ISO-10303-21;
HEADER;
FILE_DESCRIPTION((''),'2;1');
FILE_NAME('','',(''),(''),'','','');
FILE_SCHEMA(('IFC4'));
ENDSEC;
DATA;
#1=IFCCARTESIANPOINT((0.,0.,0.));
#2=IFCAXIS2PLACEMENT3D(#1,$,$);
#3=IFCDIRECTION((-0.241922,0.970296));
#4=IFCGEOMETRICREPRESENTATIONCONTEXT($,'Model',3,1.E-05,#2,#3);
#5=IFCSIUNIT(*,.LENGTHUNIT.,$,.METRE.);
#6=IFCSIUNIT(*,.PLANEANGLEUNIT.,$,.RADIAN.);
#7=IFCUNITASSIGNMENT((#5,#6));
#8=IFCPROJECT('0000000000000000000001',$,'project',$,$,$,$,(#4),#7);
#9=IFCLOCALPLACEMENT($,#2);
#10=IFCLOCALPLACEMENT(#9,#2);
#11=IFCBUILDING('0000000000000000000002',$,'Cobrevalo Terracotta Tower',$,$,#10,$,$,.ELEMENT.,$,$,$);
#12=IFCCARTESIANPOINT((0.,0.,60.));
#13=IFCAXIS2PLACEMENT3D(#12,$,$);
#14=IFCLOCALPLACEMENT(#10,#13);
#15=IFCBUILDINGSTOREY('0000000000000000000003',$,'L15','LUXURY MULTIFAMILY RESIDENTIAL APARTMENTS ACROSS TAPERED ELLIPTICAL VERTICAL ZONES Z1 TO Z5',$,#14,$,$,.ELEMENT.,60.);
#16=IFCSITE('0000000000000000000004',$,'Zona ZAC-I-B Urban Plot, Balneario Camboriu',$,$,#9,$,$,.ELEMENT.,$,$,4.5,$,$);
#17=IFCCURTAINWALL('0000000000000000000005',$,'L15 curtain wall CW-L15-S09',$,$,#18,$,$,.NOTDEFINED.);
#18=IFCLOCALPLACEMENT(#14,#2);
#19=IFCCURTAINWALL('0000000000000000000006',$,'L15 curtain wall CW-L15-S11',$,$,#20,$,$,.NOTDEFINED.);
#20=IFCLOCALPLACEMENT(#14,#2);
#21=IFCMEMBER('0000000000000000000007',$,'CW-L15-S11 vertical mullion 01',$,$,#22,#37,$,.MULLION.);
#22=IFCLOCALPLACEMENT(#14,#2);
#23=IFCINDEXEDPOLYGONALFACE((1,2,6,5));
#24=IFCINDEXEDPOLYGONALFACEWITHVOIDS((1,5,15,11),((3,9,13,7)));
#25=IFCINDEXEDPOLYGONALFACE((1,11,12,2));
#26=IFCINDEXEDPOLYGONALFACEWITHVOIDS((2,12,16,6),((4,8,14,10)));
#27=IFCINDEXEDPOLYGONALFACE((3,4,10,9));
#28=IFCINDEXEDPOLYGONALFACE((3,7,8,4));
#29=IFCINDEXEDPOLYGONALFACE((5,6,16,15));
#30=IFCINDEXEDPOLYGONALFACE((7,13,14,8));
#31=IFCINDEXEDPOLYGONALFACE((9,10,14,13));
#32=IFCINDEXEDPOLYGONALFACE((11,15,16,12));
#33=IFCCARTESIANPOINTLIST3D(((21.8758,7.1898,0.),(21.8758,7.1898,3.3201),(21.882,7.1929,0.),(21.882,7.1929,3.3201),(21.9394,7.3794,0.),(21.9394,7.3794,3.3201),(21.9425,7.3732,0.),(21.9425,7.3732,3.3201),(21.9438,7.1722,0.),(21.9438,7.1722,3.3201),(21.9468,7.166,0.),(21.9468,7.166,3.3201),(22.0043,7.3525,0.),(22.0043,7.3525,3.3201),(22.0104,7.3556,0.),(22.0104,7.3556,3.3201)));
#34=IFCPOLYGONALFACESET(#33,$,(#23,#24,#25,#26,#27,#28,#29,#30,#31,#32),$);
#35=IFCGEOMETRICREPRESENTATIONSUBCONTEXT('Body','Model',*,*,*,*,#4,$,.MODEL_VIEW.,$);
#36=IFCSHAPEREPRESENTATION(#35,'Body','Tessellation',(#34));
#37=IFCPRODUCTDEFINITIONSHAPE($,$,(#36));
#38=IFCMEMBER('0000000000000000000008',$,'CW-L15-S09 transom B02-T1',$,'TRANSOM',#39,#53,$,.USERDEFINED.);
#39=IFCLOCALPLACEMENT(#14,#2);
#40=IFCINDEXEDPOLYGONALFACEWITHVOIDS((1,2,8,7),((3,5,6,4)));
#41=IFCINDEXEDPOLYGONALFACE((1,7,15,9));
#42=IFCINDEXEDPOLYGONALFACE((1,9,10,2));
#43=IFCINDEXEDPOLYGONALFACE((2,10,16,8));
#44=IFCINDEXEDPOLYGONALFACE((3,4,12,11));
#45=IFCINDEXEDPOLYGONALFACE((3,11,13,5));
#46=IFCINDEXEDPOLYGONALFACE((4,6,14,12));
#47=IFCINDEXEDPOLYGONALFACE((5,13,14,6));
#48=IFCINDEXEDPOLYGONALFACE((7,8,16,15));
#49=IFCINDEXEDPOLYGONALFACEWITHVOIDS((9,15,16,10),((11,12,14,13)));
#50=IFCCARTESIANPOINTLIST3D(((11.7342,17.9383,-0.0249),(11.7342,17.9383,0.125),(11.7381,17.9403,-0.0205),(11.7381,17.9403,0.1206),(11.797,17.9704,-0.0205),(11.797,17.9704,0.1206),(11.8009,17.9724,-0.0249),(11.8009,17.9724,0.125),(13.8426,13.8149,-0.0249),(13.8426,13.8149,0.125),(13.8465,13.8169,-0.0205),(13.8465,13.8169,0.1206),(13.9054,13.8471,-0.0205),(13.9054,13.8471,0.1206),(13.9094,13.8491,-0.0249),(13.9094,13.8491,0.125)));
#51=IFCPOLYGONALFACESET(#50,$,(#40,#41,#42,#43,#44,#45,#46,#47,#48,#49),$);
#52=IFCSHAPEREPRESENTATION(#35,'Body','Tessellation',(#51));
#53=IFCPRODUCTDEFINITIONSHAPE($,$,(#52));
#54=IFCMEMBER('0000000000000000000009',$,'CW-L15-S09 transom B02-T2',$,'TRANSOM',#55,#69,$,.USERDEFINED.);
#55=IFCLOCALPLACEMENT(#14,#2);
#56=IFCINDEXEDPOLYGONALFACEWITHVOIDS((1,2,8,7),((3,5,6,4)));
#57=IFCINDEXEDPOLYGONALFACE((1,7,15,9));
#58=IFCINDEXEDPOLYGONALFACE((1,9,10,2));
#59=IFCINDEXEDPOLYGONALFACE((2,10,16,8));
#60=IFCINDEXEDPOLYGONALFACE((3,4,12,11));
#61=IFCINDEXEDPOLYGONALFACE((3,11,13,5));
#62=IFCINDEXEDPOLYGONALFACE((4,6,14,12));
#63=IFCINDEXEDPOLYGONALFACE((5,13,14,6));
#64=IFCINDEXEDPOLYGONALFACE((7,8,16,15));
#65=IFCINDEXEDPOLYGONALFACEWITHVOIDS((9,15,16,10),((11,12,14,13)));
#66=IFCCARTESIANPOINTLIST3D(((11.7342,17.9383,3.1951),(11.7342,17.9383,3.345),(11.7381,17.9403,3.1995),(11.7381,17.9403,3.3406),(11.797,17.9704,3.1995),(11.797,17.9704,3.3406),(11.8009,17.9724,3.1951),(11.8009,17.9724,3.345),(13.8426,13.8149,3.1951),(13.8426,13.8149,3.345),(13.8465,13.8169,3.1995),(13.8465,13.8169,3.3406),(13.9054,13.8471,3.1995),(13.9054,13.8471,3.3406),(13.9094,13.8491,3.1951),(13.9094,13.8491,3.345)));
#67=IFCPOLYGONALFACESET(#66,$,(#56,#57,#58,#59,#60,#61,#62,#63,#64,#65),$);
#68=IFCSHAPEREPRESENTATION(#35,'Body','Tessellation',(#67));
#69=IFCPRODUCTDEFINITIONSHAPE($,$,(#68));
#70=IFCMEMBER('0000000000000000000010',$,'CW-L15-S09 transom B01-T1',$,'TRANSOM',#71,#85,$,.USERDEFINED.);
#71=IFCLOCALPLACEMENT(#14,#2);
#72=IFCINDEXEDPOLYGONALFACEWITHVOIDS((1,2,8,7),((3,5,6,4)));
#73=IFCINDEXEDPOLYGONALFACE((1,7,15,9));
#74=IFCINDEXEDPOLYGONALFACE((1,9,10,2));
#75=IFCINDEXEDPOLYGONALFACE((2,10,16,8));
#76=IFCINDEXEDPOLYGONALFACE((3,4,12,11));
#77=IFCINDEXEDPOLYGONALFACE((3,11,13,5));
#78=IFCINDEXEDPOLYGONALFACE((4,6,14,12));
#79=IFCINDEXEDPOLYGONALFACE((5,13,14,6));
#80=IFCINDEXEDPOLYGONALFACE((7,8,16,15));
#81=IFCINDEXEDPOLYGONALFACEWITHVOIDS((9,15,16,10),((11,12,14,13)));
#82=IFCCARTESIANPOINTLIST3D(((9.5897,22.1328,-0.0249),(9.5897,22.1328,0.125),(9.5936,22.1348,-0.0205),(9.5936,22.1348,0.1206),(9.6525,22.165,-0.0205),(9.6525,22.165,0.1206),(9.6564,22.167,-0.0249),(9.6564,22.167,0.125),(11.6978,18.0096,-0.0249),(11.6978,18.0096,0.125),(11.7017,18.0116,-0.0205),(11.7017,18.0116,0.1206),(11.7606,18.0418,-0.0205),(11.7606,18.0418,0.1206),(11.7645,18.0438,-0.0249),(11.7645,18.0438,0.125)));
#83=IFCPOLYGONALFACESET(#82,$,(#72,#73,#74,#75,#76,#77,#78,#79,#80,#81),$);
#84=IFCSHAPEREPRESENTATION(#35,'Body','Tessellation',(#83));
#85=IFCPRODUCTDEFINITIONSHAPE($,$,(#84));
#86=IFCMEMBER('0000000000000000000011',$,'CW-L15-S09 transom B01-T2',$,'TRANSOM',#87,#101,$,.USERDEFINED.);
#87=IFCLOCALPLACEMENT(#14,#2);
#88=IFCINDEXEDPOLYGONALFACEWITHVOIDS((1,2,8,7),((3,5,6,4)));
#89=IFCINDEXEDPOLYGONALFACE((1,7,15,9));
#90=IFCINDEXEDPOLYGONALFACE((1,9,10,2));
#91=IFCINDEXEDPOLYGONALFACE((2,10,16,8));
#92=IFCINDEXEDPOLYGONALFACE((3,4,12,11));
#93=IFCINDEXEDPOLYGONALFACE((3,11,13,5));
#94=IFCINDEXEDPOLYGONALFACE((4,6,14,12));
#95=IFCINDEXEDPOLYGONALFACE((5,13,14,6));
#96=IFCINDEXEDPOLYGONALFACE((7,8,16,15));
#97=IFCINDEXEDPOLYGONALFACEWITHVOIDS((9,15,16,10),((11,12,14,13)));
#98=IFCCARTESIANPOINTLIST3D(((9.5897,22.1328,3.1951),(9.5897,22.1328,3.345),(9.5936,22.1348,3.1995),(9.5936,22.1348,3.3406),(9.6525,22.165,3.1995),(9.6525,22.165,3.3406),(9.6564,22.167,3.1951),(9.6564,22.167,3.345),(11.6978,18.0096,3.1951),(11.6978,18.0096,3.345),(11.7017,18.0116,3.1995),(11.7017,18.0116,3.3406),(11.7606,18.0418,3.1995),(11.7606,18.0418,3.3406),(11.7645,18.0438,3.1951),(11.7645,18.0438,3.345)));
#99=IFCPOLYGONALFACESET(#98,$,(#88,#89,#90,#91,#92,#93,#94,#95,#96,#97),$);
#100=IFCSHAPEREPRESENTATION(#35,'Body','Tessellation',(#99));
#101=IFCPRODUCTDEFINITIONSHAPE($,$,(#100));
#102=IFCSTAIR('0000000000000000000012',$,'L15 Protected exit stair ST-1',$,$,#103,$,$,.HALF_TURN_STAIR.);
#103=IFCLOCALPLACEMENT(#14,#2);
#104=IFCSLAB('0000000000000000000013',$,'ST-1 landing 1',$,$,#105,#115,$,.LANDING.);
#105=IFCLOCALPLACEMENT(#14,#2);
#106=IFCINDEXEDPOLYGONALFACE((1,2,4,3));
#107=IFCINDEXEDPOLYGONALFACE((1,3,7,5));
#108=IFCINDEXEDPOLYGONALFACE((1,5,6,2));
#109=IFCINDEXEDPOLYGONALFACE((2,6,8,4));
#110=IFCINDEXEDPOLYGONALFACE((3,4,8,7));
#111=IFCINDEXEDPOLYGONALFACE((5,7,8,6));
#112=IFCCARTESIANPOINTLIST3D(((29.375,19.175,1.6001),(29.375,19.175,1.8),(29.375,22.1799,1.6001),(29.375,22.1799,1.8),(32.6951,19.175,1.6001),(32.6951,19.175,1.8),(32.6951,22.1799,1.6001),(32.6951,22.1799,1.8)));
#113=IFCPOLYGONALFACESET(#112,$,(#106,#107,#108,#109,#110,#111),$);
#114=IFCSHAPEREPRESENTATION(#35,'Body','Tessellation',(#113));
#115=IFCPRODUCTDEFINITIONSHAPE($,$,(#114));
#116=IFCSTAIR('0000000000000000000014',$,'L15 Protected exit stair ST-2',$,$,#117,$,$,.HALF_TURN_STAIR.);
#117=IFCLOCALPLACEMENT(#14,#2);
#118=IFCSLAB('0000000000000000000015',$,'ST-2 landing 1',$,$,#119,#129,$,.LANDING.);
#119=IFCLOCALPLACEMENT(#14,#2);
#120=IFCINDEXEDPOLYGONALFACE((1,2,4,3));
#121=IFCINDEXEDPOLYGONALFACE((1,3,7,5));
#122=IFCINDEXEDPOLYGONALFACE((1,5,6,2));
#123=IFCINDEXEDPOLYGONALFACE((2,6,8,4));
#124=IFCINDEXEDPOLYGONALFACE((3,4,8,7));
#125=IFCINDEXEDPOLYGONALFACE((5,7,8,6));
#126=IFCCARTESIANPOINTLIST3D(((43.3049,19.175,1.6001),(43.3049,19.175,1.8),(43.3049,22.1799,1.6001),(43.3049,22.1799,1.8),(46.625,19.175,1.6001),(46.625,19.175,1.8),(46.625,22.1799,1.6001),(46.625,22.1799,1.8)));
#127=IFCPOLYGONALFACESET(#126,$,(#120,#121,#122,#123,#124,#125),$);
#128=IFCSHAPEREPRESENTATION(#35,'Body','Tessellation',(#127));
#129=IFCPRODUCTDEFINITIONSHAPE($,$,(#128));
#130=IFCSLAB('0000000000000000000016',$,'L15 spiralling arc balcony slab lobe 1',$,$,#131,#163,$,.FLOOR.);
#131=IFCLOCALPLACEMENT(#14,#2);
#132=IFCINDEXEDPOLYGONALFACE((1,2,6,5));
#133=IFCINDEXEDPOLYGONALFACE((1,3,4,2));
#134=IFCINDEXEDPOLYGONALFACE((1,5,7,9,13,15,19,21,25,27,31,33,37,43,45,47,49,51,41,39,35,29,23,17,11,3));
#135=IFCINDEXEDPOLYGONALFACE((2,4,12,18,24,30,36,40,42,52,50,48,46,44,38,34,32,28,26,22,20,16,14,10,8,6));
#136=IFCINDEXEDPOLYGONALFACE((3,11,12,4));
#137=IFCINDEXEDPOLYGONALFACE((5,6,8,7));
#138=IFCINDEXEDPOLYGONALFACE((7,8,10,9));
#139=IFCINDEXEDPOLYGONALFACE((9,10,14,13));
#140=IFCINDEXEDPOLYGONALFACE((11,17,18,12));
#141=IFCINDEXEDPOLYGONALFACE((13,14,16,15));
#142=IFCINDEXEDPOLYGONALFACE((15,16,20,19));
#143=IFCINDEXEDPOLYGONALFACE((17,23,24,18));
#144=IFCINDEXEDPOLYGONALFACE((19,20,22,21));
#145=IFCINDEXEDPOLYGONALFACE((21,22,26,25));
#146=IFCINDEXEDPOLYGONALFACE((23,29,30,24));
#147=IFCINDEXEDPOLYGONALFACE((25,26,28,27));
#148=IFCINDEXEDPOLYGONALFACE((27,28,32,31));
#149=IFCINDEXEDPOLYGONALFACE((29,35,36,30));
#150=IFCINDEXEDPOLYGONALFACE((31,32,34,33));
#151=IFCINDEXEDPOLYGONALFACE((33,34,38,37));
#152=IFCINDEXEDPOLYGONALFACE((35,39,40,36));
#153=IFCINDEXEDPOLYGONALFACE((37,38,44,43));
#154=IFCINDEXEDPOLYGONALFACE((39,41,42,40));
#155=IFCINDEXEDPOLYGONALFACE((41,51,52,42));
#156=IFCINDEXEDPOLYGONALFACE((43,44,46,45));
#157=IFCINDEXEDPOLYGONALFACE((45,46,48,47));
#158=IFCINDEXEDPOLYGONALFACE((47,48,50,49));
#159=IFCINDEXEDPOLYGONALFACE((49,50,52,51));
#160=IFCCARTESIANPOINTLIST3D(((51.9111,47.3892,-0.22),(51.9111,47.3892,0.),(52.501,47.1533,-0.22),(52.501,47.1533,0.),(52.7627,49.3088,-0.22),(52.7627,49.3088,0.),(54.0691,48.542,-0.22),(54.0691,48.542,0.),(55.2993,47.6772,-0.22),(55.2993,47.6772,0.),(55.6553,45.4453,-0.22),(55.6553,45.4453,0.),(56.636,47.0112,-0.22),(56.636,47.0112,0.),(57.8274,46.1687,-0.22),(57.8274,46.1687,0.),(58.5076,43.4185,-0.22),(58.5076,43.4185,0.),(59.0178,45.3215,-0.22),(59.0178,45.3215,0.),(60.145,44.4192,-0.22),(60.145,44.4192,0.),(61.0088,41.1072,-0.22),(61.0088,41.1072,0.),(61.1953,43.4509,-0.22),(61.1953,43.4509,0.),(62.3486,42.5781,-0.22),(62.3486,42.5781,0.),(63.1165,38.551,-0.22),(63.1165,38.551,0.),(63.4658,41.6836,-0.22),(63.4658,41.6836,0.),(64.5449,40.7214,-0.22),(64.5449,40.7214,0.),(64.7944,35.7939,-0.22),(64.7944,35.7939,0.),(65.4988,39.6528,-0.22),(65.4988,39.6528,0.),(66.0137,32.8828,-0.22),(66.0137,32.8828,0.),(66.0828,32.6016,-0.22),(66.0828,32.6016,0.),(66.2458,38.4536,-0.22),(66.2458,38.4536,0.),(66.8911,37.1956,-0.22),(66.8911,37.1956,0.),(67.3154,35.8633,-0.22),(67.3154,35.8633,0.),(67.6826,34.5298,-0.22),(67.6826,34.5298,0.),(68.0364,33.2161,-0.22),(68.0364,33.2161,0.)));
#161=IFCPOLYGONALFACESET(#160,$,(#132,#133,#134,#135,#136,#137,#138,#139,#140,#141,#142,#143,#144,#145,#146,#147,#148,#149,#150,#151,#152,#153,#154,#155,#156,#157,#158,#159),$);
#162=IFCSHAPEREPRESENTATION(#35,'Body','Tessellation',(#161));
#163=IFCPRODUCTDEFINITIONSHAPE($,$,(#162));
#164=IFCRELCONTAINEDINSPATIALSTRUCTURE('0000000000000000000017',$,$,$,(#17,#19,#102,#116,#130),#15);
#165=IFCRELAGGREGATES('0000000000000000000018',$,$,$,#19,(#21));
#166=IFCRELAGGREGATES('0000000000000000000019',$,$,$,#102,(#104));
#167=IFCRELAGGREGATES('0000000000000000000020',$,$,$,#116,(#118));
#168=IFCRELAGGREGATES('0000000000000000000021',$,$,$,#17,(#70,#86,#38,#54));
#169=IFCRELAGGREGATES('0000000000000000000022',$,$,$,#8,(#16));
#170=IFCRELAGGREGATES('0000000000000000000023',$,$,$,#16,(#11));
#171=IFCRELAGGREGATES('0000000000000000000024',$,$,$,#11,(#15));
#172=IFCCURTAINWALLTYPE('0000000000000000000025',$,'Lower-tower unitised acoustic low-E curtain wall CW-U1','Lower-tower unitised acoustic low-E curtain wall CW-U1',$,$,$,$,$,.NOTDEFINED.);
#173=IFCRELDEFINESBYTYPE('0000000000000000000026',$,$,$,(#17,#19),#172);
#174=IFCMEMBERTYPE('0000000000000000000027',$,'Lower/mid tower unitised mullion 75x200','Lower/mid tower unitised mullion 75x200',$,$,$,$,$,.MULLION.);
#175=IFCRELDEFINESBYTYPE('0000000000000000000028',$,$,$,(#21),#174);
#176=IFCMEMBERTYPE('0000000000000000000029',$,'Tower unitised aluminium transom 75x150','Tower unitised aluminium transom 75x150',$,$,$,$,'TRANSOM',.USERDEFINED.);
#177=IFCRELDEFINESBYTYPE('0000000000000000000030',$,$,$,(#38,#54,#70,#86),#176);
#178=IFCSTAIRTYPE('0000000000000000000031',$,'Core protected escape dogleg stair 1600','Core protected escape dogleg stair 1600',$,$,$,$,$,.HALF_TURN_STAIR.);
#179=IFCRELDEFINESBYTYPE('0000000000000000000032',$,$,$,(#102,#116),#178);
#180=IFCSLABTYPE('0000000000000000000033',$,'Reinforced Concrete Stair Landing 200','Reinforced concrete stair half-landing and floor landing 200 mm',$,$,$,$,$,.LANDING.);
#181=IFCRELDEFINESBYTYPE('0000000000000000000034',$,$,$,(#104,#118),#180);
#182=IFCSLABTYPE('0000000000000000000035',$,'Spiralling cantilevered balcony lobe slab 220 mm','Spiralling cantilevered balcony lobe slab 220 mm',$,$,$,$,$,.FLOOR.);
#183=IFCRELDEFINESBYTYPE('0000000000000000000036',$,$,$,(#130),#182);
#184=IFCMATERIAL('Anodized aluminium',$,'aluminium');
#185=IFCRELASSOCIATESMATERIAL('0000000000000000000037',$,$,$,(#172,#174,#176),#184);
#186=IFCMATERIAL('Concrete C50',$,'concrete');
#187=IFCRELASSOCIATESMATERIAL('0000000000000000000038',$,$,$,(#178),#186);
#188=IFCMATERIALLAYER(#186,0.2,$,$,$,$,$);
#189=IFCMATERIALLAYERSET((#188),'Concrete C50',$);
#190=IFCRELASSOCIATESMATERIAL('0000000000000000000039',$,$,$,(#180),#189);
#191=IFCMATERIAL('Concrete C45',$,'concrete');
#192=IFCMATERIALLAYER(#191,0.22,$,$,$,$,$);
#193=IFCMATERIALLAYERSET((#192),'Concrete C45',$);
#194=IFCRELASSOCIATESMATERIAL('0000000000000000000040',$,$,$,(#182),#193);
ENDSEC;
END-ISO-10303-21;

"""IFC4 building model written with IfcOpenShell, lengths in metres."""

from ifc_helpers import new_model, si_unit, direction, frame, origin, origin_2d, place, context, subcontext, project, spatial, polyline, hollow_rectangle, outline, extrude, source, transform, mapped, material, layer, layer_set, material_profile, profile_set, type_object, element, aggregate, save


model = new_model("IFC4")

# Units and contexts
model_context = context("Model", 3, precision=1e-05, world=origin(), true_north=direction((-0.241922, 0.970296)))
body_context = subcontext(model_context, "Body", "Model", "MODEL_VIEW")
ifc_project = project(units=[si_unit("LENGTHUNIT", "METRE"), si_unit("PLANEANGLEUNIT", "RADIAN")], contexts=[model_context])

# Site, building, storey
site_placement = place(None, origin())
site = spatial("IfcSite", under=ifc_project, at=site_placement, Name="Zona ZAC-I-B Urban Plot, Balneario Camboriu", CompositionType="ELEMENT", RefElevation=4.5)
building_placement = place(site_placement, origin())
building = spatial("IfcBuilding", under=site, at=building_placement, Name="Cobrevalo Terracotta Tower", CompositionType="ELEMENT")
storey_placement = place(building_placement, frame((0.0, 0.0, 60.0)))
storey = spatial("IfcBuildingStorey", under=building, at=storey_placement, Name="L15", Description="LUXURY MULTIFAMILY RESIDENTIAL APARTMENTS ACROSS TAPERED ELLIPTICAL VERTICAL ZONES Z1 TO Z5", CompositionType="ELEMENT", Elevation=60.0)

# Curtain wall
ifc_material_1 = material(Name="Anodized aluminium", Category="aluminium")
curtain_wall_type = type_object("IfcCurtainWallType", Name="Lower-tower unitised acoustic low-E curtain wall CW-U1", Description="Lower-tower unitised acoustic low-E curtain wall CW-U1", PredefinedType="NOTDEFINED", material=ifc_material_1)
curtain_wall_1_placement = place(storey_placement, origin())
curtain_wall_1 = element("IfcCurtainWall", 1, at=curtain_wall_1_placement, inside=storey, type_object=curtain_wall_type, Name="L15 curtain wall CW-L15-S09", PredefinedType="NOTDEFINED")
ifc_material_profile_1 = material_profile(ifc_material_1, hollow_rectangle(XDim=0.075, YDim=0.2, WallThickness=0.0049, at=origin_2d()), Name="CWM 75x200")
ifc_profile_set_1 = profile_set([ifc_material_profile_1], Name="Anodized aluminium")
member_type_1 = type_object("IfcMemberType", Name="Lower/mid tower unitised mullion 75x200", Description="Lower/mid tower unitised mullion 75x200", PredefinedType="MULLION", material=ifc_profile_set_1)
shared_shape_1 = source(origin(), body_context, "Body", "SweptSolid", [
    extrude(hollow_rectangle(XDim=0.075, YDim=0.2, WallThickness=0.0049, at=origin_2d()), origin(), (0.0, 0.0, 1.0), 3.3201),
])

# Curtain wall, member
curtain_wall_2_placement = place(storey_placement, origin())
curtain_wall_2 = element("IfcCurtainWall", 2, at=curtain_wall_2_placement, inside=storey, type_object=curtain_wall_type, Name="L15 curtain wall CW-L15-S11", PredefinedType="NOTDEFINED")
member_1_placement = place(storey_placement, frame((21.9431, 7.2727, 0.0), z_axis=(0.0, 0.0, 1.0), x_axis=(0.948046, -0.318132, 0.0)))
member_1 = element("IfcMember", 3, at=member_1_placement, type_object=member_type_1, Name="CW-L15-S11 vertical mullion 01", PredefinedType="MULLION", context=body_context, shape_type="MappedRepresentation", body=[
    mapped(shared_shape_1, transform((0.0, 0.0, 0.0), scale=1.0)),
])
aggregate(curtain_wall_2, [member_1])

# Members
ifc_material_profile_2 = material_profile(ifc_material_1, hollow_rectangle(XDim=0.075, YDim=0.1499, WallThickness=0.0044, at=origin_2d()), Name="CWT 75x150")
ifc_profile_set_2 = profile_set([ifc_material_profile_2], Name="Anodized aluminium")
member_type_2 = type_object("IfcMemberType", Name="Tower unitised aluminium transom 75x150", Description="Tower unitised aluminium transom 75x150", ElementType="TRANSOM", PredefinedType="USERDEFINED", material=ifc_profile_set_2)
shared_shape_2 = source(origin(), body_context, "Body", "SweptSolid", [
    extrude(hollow_rectangle(XDim=0.075, YDim=0.1499, WallThickness=0.0044, at=origin_2d()), origin(), (0.0, 0.0, 1.0), 4.6311),
])
member_2_placement = place(storey_placement, frame((11.7676, 17.9553, 0.05), z_axis=(0.455272, -0.890353, 0.0), x_axis=(0.890353, 0.455272, 0.0)))
member_2 = element("IfcMember", 4, at=member_2_placement, type_object=member_type_2, Name="CW-L15-S09 transom B02-T1", ObjectType="TRANSOM", PredefinedType="USERDEFINED", context=body_context, shape_type="MappedRepresentation", body=[
    mapped(shared_shape_2, transform((0.0, 0.0, 0.0), scale=1.0)),
])
member_3_placement = place(storey_placement, frame((11.7676, 17.9553, 3.27), z_axis=(0.455272, -0.890353, 0.0), x_axis=(0.890353, 0.455272, 0.0)))
member_3 = element("IfcMember", 5, at=member_3_placement, type_object=member_type_2, Name="CW-L15-S09 transom B02-T2", ObjectType="TRANSOM", PredefinedType="USERDEFINED", context=body_context, shape_type="MappedRepresentation", body=[
    mapped(shared_shape_2, transform((0.0, 0.0, 0.0), scale=1.0)),
])
shared_shape_3 = source(origin(), body_context, "Body", "SweptSolid", [
    extrude(hollow_rectangle(XDim=0.075, YDim=0.1499, WallThickness=0.0044, at=origin_2d()), origin(), (0.0, 0.0, 1.0), 4.6309),
])
member_4_placement = place(storey_placement, frame((9.623, 22.1499, 0.05), z_axis=(0.45523, -0.890374, 0.0), x_axis=(0.890374, 0.45523, 0.0)))
member_4 = element("IfcMember", 6, at=member_4_placement, type_object=member_type_2, Name="CW-L15-S09 transom B01-T1", ObjectType="TRANSOM", PredefinedType="USERDEFINED", context=body_context, shape_type="MappedRepresentation", body=[
    mapped(shared_shape_3, transform((0.0, 0.0, 0.0), scale=1.0)),
])
member_5_placement = place(storey_placement, frame((9.623, 22.1499, 3.27), z_axis=(0.45523, -0.890374, 0.0), x_axis=(0.890374, 0.45523, 0.0)))
member_5 = element("IfcMember", 7, at=member_5_placement, type_object=member_type_2, Name="CW-L15-S09 transom B01-T2", ObjectType="TRANSOM", PredefinedType="USERDEFINED", context=body_context, shape_type="MappedRepresentation", body=[
    mapped(shared_shape_3, transform((0.0, 0.0, 0.0), scale=1.0)),
])

# Stairs, slabs
ifc_material_2 = material(Name="Concrete C50", Category="concrete")
stair_type = type_object("IfcStairType", Name="Core protected escape dogleg stair 1600", Description="Core protected escape dogleg stair 1600", PredefinedType="HALF_TURN_STAIR", material=ifc_material_2)
stair_1_placement = place(storey_placement, origin())
stair_1 = element("IfcStair", 8, at=stair_1_placement, inside=storey, type_object=stair_type, Name="L15 Protected exit stair ST-1", PredefinedType="HALF_TURN_STAIR")
ifc_layer_1 = layer(ifc_material_2, 0.2)
ifc_layer_set_1 = layer_set([ifc_layer_1], Name="Concrete C50")
slab_type_1 = type_object("IfcSlabType", Name="Reinforced Concrete Stair Landing 200", Description="Reinforced concrete stair half-landing and floor landing 200 mm", PredefinedType="LANDING", material=ifc_layer_set_1)
slab_1_placement = place(storey_placement, frame((0.0, 0.0, 1.6001)))
slab_1 = element("IfcSlab", 9, at=slab_1_placement, type_object=slab_type_1, Name="ST-1 landing 1", PredefinedType="LANDING", context=body_context, shape_type="SweptSolid", body=[
    extrude(outline(polyline([(29.375, 22.1799), (29.375, 19.175), (32.6951, 19.175), (32.6951, 22.1799), (29.375, 22.1799)])), origin(), (0.0, 0.0, 1.0), 0.2),
])
aggregate(stair_1, [slab_1])
stair_2_placement = place(storey_placement, origin())
stair_2 = element("IfcStair", 10, at=stair_2_placement, inside=storey, type_object=stair_type, Name="L15 Protected exit stair ST-2", PredefinedType="HALF_TURN_STAIR")
slab_2_placement = place(storey_placement, frame((0.0, 0.0, 1.6001)))
slab_2 = element("IfcSlab", 11, at=slab_2_placement, type_object=slab_type_1, Name="ST-2 landing 1", PredefinedType="LANDING", context=body_context, shape_type="SweptSolid", body=[
    extrude(outline(polyline([(43.3049, 22.1799), (43.3049, 19.175), (46.625, 19.175), (46.625, 22.1799), (43.3049, 22.1799)])), origin(), (0.0, 0.0, 1.0), 0.2),
])
aggregate(stair_2, [slab_2])

# Slab
ifc_material_3 = material(Name="Concrete C45", Category="concrete")
ifc_layer_2 = layer(ifc_material_3, 0.22)
ifc_layer_set_2 = layer_set([ifc_layer_2], Name="Concrete C45")
slab_type_2 = type_object("IfcSlabType", Name="Spiralling cantilevered balcony lobe slab 220 mm", Description="Spiralling cantilevered balcony lobe slab 220 mm", PredefinedType="FLOOR", material=ifc_layer_set_2)
slab_3_placement = place(storey_placement, frame((0.0, 0.0, -0.22)))
element("IfcSlab", 12, at=slab_3_placement, inside=storey, type_object=slab_type_2, Name="L15 spiralling arc balcony slab lobe 1", PredefinedType="FLOOR", context=body_context, shape_type="SweptSolid", body=[
    extrude(outline(polyline([(68.0364, 33.2161), (67.6826, 34.5298), (67.3154, 35.8633), (66.8911, 37.1956), (66.2458, 38.4536), (65.4988, 39.6528), (64.5449, 40.7214), (63.4658, 41.6836), (62.3486, 42.5781), (61.1953, 43.4509), (60.145, 44.4192), (59.0178, 45.3215), (57.8274, 46.1687), (56.636, 47.0112), (55.2993, 47.6772), (54.0691, 48.542), (52.7627, 49.3088), (51.9111, 47.3892), (52.501, 47.1533), (55.6553, 45.4453), (58.5076, 43.4185), (61.0088, 41.1072), (63.1165, 38.551), (64.7944, 35.7939), (66.0137, 32.8828), (66.0828, 32.6016), (68.0364, 33.2161)])), origin(), (0.0, 0.0, 1.0), 0.22),
])

aggregate(curtain_wall_1, [member_4, member_5, member_2, member_3])

save(model, "model.ifc")
